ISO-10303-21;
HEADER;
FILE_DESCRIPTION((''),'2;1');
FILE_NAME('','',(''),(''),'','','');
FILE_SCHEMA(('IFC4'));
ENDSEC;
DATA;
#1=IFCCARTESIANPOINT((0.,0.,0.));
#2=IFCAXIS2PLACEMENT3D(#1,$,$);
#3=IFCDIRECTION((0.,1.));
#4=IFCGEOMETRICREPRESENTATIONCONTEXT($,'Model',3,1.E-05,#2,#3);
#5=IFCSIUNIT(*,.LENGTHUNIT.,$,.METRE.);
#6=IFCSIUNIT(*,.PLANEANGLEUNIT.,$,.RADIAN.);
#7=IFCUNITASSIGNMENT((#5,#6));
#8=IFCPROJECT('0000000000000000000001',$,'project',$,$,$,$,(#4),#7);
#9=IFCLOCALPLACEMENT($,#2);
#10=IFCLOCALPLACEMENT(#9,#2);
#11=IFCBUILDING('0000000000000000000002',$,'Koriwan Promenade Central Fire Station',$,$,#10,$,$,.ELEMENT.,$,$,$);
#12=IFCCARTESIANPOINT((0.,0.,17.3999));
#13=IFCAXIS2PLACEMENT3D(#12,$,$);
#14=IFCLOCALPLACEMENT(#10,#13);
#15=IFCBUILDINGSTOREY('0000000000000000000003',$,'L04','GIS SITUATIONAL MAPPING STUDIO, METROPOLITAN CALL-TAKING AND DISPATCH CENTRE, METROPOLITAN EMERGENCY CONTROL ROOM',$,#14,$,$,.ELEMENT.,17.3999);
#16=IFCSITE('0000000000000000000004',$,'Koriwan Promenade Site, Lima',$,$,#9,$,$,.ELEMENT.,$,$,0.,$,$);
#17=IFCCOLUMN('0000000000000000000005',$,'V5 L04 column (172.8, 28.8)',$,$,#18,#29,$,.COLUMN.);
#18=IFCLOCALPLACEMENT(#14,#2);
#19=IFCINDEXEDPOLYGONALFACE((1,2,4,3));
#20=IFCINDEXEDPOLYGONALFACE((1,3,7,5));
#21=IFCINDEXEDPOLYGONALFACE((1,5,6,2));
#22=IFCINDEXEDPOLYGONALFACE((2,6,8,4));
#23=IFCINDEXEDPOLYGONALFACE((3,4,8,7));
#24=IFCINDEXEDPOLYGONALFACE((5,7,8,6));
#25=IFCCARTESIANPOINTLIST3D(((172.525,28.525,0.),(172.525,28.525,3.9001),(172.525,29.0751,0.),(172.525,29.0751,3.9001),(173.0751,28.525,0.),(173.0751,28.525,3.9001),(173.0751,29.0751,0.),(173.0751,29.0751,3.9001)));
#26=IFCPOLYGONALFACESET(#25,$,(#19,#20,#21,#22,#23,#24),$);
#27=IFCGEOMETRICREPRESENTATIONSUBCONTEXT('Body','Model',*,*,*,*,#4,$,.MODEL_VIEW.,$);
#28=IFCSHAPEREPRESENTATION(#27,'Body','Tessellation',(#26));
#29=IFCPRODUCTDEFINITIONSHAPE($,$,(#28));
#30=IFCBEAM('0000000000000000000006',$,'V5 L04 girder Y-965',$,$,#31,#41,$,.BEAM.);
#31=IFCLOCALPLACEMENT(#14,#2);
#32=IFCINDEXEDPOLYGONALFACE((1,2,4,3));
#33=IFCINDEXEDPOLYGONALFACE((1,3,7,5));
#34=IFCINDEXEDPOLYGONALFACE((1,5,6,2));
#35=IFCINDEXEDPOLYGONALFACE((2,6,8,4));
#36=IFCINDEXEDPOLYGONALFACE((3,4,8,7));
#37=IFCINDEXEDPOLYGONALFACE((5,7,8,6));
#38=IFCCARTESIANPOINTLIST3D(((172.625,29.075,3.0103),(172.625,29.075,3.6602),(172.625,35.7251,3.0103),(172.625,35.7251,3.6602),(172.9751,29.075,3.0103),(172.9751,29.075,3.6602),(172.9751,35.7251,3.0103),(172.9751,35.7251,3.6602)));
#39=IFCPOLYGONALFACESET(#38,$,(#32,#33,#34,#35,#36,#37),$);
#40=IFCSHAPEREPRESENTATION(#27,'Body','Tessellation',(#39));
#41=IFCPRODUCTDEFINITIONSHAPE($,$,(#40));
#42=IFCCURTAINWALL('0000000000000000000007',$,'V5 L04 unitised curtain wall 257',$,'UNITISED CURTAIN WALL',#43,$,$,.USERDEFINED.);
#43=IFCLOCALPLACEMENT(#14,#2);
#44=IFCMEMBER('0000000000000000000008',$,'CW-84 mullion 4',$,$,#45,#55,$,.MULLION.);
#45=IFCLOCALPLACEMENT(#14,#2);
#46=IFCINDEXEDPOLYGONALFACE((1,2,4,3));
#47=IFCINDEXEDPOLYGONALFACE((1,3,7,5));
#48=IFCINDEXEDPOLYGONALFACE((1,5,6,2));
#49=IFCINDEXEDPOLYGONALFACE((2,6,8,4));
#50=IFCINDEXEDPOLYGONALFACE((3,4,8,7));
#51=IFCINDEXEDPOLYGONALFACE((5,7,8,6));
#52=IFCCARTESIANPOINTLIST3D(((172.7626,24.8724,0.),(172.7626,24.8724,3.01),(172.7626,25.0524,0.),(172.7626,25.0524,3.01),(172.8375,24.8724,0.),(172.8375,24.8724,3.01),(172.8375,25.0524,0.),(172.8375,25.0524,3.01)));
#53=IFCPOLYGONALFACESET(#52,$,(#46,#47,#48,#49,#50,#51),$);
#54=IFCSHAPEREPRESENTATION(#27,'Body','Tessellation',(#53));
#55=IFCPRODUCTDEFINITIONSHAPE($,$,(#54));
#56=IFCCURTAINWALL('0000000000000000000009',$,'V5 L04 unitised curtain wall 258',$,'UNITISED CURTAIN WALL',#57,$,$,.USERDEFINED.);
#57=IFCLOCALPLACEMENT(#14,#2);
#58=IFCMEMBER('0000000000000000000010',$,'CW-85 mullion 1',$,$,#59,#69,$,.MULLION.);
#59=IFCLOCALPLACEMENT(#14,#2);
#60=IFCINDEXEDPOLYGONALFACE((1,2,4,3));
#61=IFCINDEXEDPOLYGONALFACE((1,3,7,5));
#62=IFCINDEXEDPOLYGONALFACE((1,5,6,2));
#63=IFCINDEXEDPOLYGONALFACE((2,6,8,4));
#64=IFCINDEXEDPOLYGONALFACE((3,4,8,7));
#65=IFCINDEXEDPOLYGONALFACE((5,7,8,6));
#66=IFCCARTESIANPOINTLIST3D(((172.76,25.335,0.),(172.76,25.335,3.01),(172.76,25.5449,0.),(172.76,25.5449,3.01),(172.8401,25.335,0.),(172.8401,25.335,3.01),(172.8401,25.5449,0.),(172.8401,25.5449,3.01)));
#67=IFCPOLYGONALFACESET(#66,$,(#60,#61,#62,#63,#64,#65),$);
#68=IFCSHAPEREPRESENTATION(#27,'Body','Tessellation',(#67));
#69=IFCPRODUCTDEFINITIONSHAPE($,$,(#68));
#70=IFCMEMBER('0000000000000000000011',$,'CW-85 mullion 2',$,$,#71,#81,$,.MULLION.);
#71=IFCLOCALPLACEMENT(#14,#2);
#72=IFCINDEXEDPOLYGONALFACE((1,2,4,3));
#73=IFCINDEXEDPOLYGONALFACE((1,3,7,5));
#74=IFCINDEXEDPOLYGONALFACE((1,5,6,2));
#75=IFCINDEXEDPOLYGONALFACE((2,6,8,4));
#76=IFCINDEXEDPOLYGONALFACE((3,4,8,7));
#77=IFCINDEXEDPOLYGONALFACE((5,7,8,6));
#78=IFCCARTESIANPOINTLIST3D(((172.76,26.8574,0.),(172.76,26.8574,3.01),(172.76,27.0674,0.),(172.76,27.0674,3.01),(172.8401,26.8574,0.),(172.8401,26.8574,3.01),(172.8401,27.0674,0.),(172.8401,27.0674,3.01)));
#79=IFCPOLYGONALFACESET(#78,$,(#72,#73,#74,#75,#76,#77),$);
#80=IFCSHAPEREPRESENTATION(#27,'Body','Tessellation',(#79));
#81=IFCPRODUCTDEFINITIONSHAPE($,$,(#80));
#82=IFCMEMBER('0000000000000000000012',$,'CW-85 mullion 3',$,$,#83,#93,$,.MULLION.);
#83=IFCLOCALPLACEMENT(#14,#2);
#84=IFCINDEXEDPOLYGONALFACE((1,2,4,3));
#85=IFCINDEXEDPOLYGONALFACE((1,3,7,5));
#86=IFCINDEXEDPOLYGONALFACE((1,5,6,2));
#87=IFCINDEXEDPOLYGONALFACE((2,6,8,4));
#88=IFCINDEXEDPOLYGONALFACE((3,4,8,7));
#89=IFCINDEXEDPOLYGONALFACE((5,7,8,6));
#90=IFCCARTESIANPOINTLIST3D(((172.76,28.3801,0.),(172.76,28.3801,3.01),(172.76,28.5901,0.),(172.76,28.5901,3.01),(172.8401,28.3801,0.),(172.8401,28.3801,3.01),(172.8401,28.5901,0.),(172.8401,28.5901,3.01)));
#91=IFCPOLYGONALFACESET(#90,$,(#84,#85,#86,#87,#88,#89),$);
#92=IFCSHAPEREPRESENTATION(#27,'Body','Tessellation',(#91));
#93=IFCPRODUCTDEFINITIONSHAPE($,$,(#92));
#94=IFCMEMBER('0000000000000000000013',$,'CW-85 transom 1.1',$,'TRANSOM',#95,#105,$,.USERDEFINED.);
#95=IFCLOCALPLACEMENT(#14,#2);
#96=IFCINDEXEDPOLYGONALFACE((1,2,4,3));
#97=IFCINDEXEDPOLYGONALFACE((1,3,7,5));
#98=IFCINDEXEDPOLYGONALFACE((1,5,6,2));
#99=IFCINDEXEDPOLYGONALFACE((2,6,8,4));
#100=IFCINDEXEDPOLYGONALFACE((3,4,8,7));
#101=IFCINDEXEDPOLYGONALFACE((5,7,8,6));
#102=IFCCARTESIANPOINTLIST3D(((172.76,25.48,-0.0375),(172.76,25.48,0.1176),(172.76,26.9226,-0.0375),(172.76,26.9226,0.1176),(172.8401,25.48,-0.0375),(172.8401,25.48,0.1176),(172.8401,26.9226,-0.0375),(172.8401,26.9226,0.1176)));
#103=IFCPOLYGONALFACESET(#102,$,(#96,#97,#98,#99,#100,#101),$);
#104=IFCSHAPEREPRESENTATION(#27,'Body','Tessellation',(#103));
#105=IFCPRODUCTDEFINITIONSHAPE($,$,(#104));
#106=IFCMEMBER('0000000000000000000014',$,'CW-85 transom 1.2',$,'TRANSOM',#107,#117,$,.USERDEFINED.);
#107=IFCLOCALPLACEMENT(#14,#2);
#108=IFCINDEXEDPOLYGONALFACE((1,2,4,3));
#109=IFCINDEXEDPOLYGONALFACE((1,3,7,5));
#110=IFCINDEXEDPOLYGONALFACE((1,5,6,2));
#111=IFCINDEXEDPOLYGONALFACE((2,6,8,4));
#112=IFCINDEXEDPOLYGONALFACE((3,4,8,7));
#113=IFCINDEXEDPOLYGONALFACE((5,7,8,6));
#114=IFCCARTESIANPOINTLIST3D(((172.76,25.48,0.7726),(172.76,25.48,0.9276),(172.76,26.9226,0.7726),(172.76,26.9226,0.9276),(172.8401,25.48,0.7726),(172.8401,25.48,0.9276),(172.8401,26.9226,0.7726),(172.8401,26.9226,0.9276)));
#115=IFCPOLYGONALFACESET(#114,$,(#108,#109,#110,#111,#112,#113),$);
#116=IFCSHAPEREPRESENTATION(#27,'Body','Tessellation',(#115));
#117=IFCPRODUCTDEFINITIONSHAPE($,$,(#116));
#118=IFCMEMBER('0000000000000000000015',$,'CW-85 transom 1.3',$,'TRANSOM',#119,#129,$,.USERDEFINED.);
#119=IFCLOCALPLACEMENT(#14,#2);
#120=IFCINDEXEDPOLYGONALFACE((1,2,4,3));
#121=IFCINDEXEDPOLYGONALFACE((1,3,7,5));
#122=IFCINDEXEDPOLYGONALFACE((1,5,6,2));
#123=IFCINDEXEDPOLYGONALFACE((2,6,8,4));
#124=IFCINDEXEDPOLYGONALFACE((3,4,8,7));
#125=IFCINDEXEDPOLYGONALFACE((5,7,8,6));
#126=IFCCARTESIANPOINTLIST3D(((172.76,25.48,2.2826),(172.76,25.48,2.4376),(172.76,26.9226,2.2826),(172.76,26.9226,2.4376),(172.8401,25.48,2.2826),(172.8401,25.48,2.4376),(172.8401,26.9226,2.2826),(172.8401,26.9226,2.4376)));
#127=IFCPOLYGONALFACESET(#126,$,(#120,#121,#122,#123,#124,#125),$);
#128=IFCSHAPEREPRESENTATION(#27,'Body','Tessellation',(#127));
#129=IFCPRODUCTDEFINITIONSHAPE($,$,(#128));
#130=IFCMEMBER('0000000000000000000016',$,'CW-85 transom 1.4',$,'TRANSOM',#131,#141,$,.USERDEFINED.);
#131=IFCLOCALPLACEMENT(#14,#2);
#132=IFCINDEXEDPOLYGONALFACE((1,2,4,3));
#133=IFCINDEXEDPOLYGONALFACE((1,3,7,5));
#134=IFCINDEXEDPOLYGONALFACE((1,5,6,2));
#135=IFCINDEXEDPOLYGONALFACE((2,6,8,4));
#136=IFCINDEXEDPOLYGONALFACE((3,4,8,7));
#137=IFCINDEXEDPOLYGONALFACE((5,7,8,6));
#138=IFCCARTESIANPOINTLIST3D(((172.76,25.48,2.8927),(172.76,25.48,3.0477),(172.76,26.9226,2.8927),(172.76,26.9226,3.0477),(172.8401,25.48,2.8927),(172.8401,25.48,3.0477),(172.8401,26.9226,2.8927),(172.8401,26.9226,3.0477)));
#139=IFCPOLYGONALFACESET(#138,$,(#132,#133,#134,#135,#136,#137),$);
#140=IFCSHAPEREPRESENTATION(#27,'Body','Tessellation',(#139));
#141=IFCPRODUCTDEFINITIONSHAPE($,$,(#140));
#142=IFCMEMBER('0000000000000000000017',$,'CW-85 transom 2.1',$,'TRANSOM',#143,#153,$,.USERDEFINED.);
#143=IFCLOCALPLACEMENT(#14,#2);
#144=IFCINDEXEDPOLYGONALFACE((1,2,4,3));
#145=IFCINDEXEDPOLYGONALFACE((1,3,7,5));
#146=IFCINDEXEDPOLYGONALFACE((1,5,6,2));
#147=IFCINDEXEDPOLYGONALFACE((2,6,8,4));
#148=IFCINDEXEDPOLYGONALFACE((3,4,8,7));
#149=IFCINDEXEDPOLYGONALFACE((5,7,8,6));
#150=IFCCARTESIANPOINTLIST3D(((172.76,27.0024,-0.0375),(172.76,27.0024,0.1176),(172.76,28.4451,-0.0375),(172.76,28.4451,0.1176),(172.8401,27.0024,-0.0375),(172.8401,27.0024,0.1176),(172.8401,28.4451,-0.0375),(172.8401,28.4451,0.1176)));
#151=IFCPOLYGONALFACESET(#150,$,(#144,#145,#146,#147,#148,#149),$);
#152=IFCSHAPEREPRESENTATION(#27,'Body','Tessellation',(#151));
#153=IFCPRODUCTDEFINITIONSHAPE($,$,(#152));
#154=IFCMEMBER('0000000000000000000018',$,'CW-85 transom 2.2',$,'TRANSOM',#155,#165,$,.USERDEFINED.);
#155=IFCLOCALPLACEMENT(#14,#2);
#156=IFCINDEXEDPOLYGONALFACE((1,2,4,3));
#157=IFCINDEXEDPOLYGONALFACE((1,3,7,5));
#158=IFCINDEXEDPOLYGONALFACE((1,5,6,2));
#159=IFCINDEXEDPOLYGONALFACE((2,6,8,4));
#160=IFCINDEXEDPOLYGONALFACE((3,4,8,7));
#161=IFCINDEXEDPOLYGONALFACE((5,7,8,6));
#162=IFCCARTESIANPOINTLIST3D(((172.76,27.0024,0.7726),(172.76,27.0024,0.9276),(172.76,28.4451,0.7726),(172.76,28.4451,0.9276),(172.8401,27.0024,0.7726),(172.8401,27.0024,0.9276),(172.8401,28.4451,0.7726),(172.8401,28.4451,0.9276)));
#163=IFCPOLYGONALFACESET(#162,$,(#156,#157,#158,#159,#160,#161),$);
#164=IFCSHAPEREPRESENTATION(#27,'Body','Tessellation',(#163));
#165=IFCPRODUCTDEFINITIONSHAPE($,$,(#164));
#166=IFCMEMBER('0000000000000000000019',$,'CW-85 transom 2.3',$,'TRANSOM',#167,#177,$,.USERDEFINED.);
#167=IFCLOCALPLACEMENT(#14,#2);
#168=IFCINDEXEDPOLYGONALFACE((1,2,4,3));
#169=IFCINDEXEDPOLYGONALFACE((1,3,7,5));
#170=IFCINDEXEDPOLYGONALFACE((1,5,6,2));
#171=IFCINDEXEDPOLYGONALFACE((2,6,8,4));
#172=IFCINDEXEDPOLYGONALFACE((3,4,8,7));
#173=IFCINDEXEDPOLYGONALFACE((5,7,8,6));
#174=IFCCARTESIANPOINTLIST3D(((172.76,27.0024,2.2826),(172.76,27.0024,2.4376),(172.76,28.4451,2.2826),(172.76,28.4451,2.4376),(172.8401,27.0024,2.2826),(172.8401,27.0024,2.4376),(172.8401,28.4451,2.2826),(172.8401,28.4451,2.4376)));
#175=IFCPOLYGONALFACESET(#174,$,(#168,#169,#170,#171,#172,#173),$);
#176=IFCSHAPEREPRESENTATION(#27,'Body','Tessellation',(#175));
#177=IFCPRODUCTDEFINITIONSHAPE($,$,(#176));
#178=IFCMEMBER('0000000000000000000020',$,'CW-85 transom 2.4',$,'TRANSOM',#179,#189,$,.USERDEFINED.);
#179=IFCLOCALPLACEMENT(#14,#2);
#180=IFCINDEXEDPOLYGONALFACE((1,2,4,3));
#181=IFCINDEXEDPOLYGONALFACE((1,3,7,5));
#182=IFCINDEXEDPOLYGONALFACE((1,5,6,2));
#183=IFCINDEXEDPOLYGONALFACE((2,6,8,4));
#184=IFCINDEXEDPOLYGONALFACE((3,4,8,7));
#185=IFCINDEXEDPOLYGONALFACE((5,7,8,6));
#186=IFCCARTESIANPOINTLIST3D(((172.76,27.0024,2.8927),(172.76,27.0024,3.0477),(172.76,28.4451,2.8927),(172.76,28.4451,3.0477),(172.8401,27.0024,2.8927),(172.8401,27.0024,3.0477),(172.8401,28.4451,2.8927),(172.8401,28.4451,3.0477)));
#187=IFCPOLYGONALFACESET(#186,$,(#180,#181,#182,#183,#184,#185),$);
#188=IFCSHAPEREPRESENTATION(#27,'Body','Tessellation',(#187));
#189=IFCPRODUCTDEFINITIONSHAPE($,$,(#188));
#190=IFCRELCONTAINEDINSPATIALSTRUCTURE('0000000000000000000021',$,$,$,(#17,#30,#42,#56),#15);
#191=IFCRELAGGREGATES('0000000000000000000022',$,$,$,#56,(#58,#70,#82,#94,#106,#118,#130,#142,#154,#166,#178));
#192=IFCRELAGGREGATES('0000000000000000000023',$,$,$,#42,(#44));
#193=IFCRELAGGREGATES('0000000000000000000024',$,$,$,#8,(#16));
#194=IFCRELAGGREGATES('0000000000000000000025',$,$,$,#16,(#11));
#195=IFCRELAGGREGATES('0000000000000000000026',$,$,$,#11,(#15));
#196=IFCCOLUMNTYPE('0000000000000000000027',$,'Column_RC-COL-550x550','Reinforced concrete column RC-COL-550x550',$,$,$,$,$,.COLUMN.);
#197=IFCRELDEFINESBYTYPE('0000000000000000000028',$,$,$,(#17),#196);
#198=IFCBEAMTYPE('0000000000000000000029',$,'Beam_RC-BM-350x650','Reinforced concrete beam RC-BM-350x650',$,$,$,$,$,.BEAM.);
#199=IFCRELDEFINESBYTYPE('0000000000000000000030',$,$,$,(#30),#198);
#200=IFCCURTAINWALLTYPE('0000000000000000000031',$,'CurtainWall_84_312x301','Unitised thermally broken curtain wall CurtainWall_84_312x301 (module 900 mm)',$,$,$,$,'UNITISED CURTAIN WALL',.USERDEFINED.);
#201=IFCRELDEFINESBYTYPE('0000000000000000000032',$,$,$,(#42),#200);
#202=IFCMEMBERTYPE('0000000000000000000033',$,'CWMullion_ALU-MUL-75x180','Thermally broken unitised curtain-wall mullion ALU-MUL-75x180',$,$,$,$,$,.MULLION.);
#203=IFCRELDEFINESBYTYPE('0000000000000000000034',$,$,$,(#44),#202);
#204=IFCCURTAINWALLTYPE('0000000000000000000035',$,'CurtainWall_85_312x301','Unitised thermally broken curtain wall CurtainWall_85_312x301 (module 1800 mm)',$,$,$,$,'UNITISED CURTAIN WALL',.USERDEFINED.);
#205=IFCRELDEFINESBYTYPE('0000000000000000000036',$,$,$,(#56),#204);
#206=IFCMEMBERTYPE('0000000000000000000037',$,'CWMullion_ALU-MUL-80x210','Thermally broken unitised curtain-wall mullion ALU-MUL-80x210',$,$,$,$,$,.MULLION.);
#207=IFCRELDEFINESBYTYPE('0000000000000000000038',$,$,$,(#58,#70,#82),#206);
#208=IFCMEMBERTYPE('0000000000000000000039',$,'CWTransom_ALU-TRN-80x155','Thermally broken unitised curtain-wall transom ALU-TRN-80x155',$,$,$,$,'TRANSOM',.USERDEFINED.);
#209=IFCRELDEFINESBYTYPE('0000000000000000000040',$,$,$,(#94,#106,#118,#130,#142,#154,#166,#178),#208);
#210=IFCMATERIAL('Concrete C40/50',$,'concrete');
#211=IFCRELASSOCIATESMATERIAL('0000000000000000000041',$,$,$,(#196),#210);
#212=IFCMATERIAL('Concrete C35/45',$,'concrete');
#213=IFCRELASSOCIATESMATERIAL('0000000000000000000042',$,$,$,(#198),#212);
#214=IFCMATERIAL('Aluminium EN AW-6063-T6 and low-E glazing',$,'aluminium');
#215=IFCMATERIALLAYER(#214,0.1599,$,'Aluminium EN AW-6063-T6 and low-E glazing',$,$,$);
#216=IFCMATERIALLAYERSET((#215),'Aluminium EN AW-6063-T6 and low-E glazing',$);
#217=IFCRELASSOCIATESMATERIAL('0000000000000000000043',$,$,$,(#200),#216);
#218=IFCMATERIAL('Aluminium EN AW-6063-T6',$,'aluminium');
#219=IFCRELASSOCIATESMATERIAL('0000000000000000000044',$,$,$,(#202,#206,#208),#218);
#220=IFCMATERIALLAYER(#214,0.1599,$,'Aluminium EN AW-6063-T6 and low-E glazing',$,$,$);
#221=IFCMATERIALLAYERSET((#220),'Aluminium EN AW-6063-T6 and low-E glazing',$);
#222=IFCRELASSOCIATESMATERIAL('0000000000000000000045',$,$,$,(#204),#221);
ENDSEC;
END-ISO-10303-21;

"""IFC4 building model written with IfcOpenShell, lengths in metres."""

from ifc_helpers import new_model, si_unit, direction, frame, origin, origin_2d, place, context, subcontext, project, spatial, rectangle, extrude, material, layer, layer_set, material_profile, profile_set, type_object, element, aggregate, save


model = new_model("IFC4")

# Units and contexts
model_context = context("Model", 3, precision=1e-05, world=origin(), true_north=direction((0.0, 1.0)))
body_context = subcontext(model_context, "Body", "Model", "MODEL_VIEW")
ifc_project = project(units=[si_unit("LENGTHUNIT", "METRE"), si_unit("PLANEANGLEUNIT", "RADIAN")], contexts=[model_context])

# Site, building, storey
site_placement = place(None, origin())
site = spatial("IfcSite", under=ifc_project, at=site_placement, Name="Koriwan Promenade Site, Lima", CompositionType="ELEMENT", RefElevation=0.0)
building_placement = place(site_placement, origin())
building = spatial("IfcBuilding", under=site, at=building_placement, Name="Koriwan Promenade Central Fire Station", CompositionType="ELEMENT")
storey_placement = place(building_placement, frame((0.0, 0.0, 17.3999)))
storey = spatial("IfcBuildingStorey", under=building, at=storey_placement, Name="L04", Description="GIS SITUATIONAL MAPPING STUDIO, METROPOLITAN CALL-TAKING AND DISPATCH CENTRE, METROPOLITAN EMERGENCY CONTROL ROOM", CompositionType="ELEMENT", Elevation=17.3999)

# Column
ifc_material_1 = material(Name="Concrete C40/50", Category="concrete")
ifc_material_profile_1 = material_profile(ifc_material_1, rectangle(XDim=0.55, YDim=0.55, at=origin_2d()), Name="RC-COL-550x550")
ifc_profile_set_1 = profile_set([ifc_material_profile_1], Name="Concrete C40/50")
column_type = type_object("IfcColumnType", Name="Column_RC-COL-550x550", Description="Reinforced concrete column RC-COL-550x550", PredefinedType="COLUMN", material=ifc_profile_set_1)
column_placement = place(storey_placement, frame((172.8, 28.8, 0.0), z_axis=(0.0, 0.0, 1.0), x_axis=(1.0, 0.0, 0.0)))
element("IfcColumn", 1, at=column_placement, inside=storey, type_object=column_type, Name="V5 L04 column (172.8, 28.8)", PredefinedType="COLUMN", context=body_context, shape_type="SweptSolid", body=[
    extrude(rectangle(XDim=0.55, YDim=0.55, at=origin_2d()), origin(), (0.0, 0.0, 1.0), 3.9001),
])

# Beam
ifc_material_2 = material(Name="Concrete C35/45", Category="concrete")
ifc_material_profile_2 = material_profile(ifc_material_2, rectangle(XDim=0.3501, YDim=0.6499, at=origin_2d()), Name="RC-BM-350x650")
ifc_profile_set_2 = profile_set([ifc_material_profile_2], Name="Concrete C35/45")
beam_type = type_object("IfcBeamType", Name="Beam_RC-BM-350x650", Description="Reinforced concrete beam RC-BM-350x650", PredefinedType="BEAM", material=ifc_profile_set_2)
beam_placement = place(storey_placement, frame((172.8, 29.075, 3.3352), z_axis=(0.0, 1.0, 0.0), x_axis=(-1.0, 0.0, 0.0)))
element("IfcBeam", 2, at=beam_placement, inside=storey, type_object=beam_type, Name="V5 L04 girder Y-965", PredefinedType="BEAM", context=body_context, shape_type="SweptSolid", body=[
    extrude(rectangle(XDim=0.3501, YDim=0.6499, at=origin_2d()), origin(), (0.0, 0.0, 1.0), 6.6501),
])

# Curtain wall, member
ifc_material_3 = material(Name="Aluminium EN AW-6063-T6 and low-E glazing", Category="aluminium")
ifc_layer_1 = layer(ifc_material_3, 0.1599, Name="Aluminium EN AW-6063-T6 and low-E glazing")
ifc_layer_set_1 = layer_set([ifc_layer_1], Name="Aluminium EN AW-6063-T6 and low-E glazing")
curtain_wall_type_1 = type_object("IfcCurtainWallType", Name="CurtainWall_84_312x301", Description="Unitised thermally broken curtain wall CurtainWall_84_312x301 (module 900 mm)", ElementType="UNITISED CURTAIN WALL", PredefinedType="USERDEFINED", material=ifc_layer_set_1)
curtain_wall_1_placement = place(storey_placement, origin())
curtain_wall_1 = element("IfcCurtainWall", 3, at=curtain_wall_1_placement, inside=storey, type_object=curtain_wall_type_1, Name="V5 L04 unitised curtain wall 257", ObjectType="UNITISED CURTAIN WALL", PredefinedType="USERDEFINED")
ifc_material_4 = material(Name="Aluminium EN AW-6063-T6", Category="aluminium")
ifc_material_profile_3 = material_profile(ifc_material_4, rectangle(XDim=0.075, YDim=0.1799, at=origin_2d()), Name="ALU-MUL-75x180")
ifc_profile_set_3 = profile_set([ifc_material_profile_3], Name="Aluminium EN AW-6063-T6")
member_type_1 = type_object("IfcMemberType", Name="CWMullion_ALU-MUL-75x180", Description="Thermally broken unitised curtain-wall mullion ALU-MUL-75x180", PredefinedType="MULLION", material=ifc_profile_set_3)
member_1_placement = place(storey_placement, frame((172.8, 24.9624, 0.0), z_axis=(0.0, 0.0, 1.0), x_axis=(-1.0, 0.0, 0.0)))
member_1 = element("IfcMember", 4, at=member_1_placement, type_object=member_type_1, Name="CW-84 mullion 4", PredefinedType="MULLION", context=body_context, shape_type="SweptSolid", body=[
    extrude(rectangle(XDim=0.075, YDim=0.1799, at=origin_2d()), origin(), (0.0, 0.0, 1.0), 3.01),
])

# Curtain wall, members
ifc_layer_2 = layer(ifc_material_3, 0.1599, Name="Aluminium EN AW-6063-T6 and low-E glazing")
ifc_layer_set_2 = layer_set([ifc_layer_2], Name="Aluminium EN AW-6063-T6 and low-E glazing")
curtain_wall_type_2 = type_object("IfcCurtainWallType", Name="CurtainWall_85_312x301", Description="Unitised thermally broken curtain wall CurtainWall_85_312x301 (module 1800 mm)", ElementType="UNITISED CURTAIN WALL", PredefinedType="USERDEFINED", material=ifc_layer_set_2)
curtain_wall_2_placement = place(storey_placement, origin())
curtain_wall_2 = element("IfcCurtainWall", 5, at=curtain_wall_2_placement, inside=storey, type_object=curtain_wall_type_2, Name="V5 L04 unitised curtain wall 258", ObjectType="UNITISED CURTAIN WALL", PredefinedType="USERDEFINED")
ifc_material_profile_4 = material_profile(ifc_material_4, rectangle(XDim=0.0801, YDim=0.21, at=origin_2d()), Name="ALU-MUL-80x210")
ifc_profile_set_4 = profile_set([ifc_material_profile_4], Name="Aluminium EN AW-6063-T6")
member_type_2 = type_object("IfcMemberType", Name="CWMullion_ALU-MUL-80x210", Description="Thermally broken unitised curtain-wall mullion ALU-MUL-80x210", PredefinedType="MULLION", material=ifc_profile_set_4)
member_2_placement = place(storey_placement, frame((172.8, 25.4399, 0.0), z_axis=(0.0, 0.0, 1.0), x_axis=(-1.0, 0.0, 0.0)))
member_2 = element("IfcMember", 6, at=member_2_placement, type_object=member_type_2, Name="CW-85 mullion 1", PredefinedType="MULLION", context=body_context, shape_type="SweptSolid", body=[
    extrude(rectangle(XDim=0.0801, YDim=0.21, at=origin_2d()), origin(), (0.0, 0.0, 1.0), 3.01),
])
member_3_placement = place(storey_placement, frame((172.8, 26.9624, 0.0), z_axis=(0.0, 0.0, 1.0), x_axis=(-1.0, 0.0, 0.0)))
member_3 = element("IfcMember", 7, at=member_3_placement, type_object=member_type_2, Name="CW-85 mullion 2", PredefinedType="MULLION", context=body_context, shape_type="SweptSolid", body=[
    extrude(rectangle(XDim=0.0801, YDim=0.21, at=origin_2d()), origin(), (0.0, 0.0, 1.0), 3.01),
])
member_4_placement = place(storey_placement, frame((172.8, 28.4851, 0.0), z_axis=(0.0, 0.0, 1.0), x_axis=(-1.0, 0.0, 0.0)))
member_4 = element("IfcMember", 8, at=member_4_placement, type_object=member_type_2, Name="CW-85 mullion 3", PredefinedType="MULLION", context=body_context, shape_type="SweptSolid", body=[
    extrude(rectangle(XDim=0.0801, YDim=0.21, at=origin_2d()), origin(), (0.0, 0.0, 1.0), 3.01),
])
ifc_material_profile_5 = material_profile(ifc_material_4, rectangle(XDim=0.0801, YDim=0.155, at=origin_2d()), Name="ALU-TRN-80x155")
ifc_profile_set_5 = profile_set([ifc_material_profile_5], Name="Aluminium EN AW-6063-T6")
member_type_3 = type_object("IfcMemberType", Name="CWTransom_ALU-TRN-80x155", Description="Thermally broken unitised curtain-wall transom ALU-TRN-80x155", ElementType="TRANSOM", PredefinedType="USERDEFINED", material=ifc_profile_set_5)
member_5_placement = place(storey_placement, frame((172.8, 25.48, 0.04), z_axis=(0.0, 1.0, 0.0), x_axis=(-1.0, 0.0, 0.0)))
member_5 = element("IfcMember", 9, at=member_5_placement, type_object=member_type_3, Name="CW-85 transom 1.1", ObjectType="TRANSOM", PredefinedType="USERDEFINED", context=body_context, shape_type="SweptSolid", body=[
    extrude(rectangle(XDim=0.0801, YDim=0.155, at=origin_2d()), origin(), (0.0, 0.0, 1.0), 1.4426),
])
member_6_placement = place(storey_placement, frame((172.8, 25.48, 0.8501), z_axis=(0.0, 1.0, 0.0), x_axis=(-1.0, 0.0, 0.0)))
member_6 = element("IfcMember", 10, at=member_6_placement, type_object=member_type_3, Name="CW-85 transom 1.2", ObjectType="TRANSOM", PredefinedType="USERDEFINED", context=body_context, shape_type="SweptSolid", body=[
    extrude(rectangle(XDim=0.0801, YDim=0.155, at=origin_2d()), origin(), (0.0, 0.0, 1.0), 1.4426),
])
member_7_placement = place(storey_placement, frame((172.8, 25.48, 2.3601), z_axis=(0.0, 1.0, 0.0), x_axis=(-1.0, 0.0, 0.0)))
member_7 = element("IfcMember", 11, at=member_7_placement, type_object=member_type_3, Name="CW-85 transom 1.3", ObjectType="TRANSOM", PredefinedType="USERDEFINED", context=body_context, shape_type="SweptSolid", body=[
    extrude(rectangle(XDim=0.0801, YDim=0.155, at=origin_2d()), origin(), (0.0, 0.0, 1.0), 1.4426),
])
member_8_placement = place(storey_placement, frame((172.8, 25.48, 2.9702), z_axis=(0.0, 1.0, 0.0), x_axis=(-1.0, 0.0, 0.0)))
member_8 = element("IfcMember", 12, at=member_8_placement, type_object=member_type_3, Name="CW-85 transom 1.4", ObjectType="TRANSOM", PredefinedType="USERDEFINED", context=body_context, shape_type="SweptSolid", body=[
    extrude(rectangle(XDim=0.0801, YDim=0.155, at=origin_2d()), origin(), (0.0, 0.0, 1.0), 1.4426),
])
member_9_placement = place(storey_placement, frame((172.8, 27.0024, 0.04), z_axis=(0.0, 1.0, 0.0), x_axis=(-1.0, 0.0, 0.0)))
member_9 = element("IfcMember", 13, at=member_9_placement, type_object=member_type_3, Name="CW-85 transom 2.1", ObjectType="TRANSOM", PredefinedType="USERDEFINED", context=body_context, shape_type="SweptSolid", body=[
    extrude(rectangle(XDim=0.0801, YDim=0.155, at=origin_2d()), origin(), (0.0, 0.0, 1.0), 1.4426),
])
member_10_placement = place(storey_placement, frame((172.8, 27.0024, 0.8501), z_axis=(0.0, 1.0, 0.0), x_axis=(-1.0, 0.0, 0.0)))
member_10 = element("IfcMember", 14, at=member_10_placement, type_object=member_type_3, Name="CW-85 transom 2.2", ObjectType="TRANSOM", PredefinedType="USERDEFINED", context=body_context, shape_type="SweptSolid", body=[
    extrude(rectangle(XDim=0.0801, YDim=0.155, at=origin_2d()), origin(), (0.0, 0.0, 1.0), 1.4426),
])
member_11_placement = place(storey_placement, frame((172.8, 27.0024, 2.3601), z_axis=(0.0, 1.0, 0.0), x_axis=(-1.0, 0.0, 0.0)))
member_11 = element("IfcMember", 15, at=member_11_placement, type_object=member_type_3, Name="CW-85 transom 2.3", ObjectType="TRANSOM", PredefinedType="USERDEFINED", context=body_context, shape_type="SweptSolid", body=[
    extrude(rectangle(XDim=0.0801, YDim=0.155, at=origin_2d()), origin(), (0.0, 0.0, 1.0), 1.4426),
])
member_12_placement = place(storey_placement, frame((172.8, 27.0024, 2.9702), z_axis=(0.0, 1.0, 0.0), x_axis=(-1.0, 0.0, 0.0)))
member_12 = element("IfcMember", 16, at=member_12_placement, type_object=member_type_3, Name="CW-85 transom 2.4", ObjectType="TRANSOM", PredefinedType="USERDEFINED", context=body_context, shape_type="SweptSolid", body=[
    extrude(rectangle(XDim=0.0801, YDim=0.155, at=origin_2d()), origin(), (0.0, 0.0, 1.0), 1.4426),
])

aggregate(curtain_wall_2, [member_2, member_3, member_4, member_5, member_6, member_7, member_8, member_9, member_10, member_11, member_12])
aggregate(curtain_wall_1, [member_1])

save(model, "model.ifc")
